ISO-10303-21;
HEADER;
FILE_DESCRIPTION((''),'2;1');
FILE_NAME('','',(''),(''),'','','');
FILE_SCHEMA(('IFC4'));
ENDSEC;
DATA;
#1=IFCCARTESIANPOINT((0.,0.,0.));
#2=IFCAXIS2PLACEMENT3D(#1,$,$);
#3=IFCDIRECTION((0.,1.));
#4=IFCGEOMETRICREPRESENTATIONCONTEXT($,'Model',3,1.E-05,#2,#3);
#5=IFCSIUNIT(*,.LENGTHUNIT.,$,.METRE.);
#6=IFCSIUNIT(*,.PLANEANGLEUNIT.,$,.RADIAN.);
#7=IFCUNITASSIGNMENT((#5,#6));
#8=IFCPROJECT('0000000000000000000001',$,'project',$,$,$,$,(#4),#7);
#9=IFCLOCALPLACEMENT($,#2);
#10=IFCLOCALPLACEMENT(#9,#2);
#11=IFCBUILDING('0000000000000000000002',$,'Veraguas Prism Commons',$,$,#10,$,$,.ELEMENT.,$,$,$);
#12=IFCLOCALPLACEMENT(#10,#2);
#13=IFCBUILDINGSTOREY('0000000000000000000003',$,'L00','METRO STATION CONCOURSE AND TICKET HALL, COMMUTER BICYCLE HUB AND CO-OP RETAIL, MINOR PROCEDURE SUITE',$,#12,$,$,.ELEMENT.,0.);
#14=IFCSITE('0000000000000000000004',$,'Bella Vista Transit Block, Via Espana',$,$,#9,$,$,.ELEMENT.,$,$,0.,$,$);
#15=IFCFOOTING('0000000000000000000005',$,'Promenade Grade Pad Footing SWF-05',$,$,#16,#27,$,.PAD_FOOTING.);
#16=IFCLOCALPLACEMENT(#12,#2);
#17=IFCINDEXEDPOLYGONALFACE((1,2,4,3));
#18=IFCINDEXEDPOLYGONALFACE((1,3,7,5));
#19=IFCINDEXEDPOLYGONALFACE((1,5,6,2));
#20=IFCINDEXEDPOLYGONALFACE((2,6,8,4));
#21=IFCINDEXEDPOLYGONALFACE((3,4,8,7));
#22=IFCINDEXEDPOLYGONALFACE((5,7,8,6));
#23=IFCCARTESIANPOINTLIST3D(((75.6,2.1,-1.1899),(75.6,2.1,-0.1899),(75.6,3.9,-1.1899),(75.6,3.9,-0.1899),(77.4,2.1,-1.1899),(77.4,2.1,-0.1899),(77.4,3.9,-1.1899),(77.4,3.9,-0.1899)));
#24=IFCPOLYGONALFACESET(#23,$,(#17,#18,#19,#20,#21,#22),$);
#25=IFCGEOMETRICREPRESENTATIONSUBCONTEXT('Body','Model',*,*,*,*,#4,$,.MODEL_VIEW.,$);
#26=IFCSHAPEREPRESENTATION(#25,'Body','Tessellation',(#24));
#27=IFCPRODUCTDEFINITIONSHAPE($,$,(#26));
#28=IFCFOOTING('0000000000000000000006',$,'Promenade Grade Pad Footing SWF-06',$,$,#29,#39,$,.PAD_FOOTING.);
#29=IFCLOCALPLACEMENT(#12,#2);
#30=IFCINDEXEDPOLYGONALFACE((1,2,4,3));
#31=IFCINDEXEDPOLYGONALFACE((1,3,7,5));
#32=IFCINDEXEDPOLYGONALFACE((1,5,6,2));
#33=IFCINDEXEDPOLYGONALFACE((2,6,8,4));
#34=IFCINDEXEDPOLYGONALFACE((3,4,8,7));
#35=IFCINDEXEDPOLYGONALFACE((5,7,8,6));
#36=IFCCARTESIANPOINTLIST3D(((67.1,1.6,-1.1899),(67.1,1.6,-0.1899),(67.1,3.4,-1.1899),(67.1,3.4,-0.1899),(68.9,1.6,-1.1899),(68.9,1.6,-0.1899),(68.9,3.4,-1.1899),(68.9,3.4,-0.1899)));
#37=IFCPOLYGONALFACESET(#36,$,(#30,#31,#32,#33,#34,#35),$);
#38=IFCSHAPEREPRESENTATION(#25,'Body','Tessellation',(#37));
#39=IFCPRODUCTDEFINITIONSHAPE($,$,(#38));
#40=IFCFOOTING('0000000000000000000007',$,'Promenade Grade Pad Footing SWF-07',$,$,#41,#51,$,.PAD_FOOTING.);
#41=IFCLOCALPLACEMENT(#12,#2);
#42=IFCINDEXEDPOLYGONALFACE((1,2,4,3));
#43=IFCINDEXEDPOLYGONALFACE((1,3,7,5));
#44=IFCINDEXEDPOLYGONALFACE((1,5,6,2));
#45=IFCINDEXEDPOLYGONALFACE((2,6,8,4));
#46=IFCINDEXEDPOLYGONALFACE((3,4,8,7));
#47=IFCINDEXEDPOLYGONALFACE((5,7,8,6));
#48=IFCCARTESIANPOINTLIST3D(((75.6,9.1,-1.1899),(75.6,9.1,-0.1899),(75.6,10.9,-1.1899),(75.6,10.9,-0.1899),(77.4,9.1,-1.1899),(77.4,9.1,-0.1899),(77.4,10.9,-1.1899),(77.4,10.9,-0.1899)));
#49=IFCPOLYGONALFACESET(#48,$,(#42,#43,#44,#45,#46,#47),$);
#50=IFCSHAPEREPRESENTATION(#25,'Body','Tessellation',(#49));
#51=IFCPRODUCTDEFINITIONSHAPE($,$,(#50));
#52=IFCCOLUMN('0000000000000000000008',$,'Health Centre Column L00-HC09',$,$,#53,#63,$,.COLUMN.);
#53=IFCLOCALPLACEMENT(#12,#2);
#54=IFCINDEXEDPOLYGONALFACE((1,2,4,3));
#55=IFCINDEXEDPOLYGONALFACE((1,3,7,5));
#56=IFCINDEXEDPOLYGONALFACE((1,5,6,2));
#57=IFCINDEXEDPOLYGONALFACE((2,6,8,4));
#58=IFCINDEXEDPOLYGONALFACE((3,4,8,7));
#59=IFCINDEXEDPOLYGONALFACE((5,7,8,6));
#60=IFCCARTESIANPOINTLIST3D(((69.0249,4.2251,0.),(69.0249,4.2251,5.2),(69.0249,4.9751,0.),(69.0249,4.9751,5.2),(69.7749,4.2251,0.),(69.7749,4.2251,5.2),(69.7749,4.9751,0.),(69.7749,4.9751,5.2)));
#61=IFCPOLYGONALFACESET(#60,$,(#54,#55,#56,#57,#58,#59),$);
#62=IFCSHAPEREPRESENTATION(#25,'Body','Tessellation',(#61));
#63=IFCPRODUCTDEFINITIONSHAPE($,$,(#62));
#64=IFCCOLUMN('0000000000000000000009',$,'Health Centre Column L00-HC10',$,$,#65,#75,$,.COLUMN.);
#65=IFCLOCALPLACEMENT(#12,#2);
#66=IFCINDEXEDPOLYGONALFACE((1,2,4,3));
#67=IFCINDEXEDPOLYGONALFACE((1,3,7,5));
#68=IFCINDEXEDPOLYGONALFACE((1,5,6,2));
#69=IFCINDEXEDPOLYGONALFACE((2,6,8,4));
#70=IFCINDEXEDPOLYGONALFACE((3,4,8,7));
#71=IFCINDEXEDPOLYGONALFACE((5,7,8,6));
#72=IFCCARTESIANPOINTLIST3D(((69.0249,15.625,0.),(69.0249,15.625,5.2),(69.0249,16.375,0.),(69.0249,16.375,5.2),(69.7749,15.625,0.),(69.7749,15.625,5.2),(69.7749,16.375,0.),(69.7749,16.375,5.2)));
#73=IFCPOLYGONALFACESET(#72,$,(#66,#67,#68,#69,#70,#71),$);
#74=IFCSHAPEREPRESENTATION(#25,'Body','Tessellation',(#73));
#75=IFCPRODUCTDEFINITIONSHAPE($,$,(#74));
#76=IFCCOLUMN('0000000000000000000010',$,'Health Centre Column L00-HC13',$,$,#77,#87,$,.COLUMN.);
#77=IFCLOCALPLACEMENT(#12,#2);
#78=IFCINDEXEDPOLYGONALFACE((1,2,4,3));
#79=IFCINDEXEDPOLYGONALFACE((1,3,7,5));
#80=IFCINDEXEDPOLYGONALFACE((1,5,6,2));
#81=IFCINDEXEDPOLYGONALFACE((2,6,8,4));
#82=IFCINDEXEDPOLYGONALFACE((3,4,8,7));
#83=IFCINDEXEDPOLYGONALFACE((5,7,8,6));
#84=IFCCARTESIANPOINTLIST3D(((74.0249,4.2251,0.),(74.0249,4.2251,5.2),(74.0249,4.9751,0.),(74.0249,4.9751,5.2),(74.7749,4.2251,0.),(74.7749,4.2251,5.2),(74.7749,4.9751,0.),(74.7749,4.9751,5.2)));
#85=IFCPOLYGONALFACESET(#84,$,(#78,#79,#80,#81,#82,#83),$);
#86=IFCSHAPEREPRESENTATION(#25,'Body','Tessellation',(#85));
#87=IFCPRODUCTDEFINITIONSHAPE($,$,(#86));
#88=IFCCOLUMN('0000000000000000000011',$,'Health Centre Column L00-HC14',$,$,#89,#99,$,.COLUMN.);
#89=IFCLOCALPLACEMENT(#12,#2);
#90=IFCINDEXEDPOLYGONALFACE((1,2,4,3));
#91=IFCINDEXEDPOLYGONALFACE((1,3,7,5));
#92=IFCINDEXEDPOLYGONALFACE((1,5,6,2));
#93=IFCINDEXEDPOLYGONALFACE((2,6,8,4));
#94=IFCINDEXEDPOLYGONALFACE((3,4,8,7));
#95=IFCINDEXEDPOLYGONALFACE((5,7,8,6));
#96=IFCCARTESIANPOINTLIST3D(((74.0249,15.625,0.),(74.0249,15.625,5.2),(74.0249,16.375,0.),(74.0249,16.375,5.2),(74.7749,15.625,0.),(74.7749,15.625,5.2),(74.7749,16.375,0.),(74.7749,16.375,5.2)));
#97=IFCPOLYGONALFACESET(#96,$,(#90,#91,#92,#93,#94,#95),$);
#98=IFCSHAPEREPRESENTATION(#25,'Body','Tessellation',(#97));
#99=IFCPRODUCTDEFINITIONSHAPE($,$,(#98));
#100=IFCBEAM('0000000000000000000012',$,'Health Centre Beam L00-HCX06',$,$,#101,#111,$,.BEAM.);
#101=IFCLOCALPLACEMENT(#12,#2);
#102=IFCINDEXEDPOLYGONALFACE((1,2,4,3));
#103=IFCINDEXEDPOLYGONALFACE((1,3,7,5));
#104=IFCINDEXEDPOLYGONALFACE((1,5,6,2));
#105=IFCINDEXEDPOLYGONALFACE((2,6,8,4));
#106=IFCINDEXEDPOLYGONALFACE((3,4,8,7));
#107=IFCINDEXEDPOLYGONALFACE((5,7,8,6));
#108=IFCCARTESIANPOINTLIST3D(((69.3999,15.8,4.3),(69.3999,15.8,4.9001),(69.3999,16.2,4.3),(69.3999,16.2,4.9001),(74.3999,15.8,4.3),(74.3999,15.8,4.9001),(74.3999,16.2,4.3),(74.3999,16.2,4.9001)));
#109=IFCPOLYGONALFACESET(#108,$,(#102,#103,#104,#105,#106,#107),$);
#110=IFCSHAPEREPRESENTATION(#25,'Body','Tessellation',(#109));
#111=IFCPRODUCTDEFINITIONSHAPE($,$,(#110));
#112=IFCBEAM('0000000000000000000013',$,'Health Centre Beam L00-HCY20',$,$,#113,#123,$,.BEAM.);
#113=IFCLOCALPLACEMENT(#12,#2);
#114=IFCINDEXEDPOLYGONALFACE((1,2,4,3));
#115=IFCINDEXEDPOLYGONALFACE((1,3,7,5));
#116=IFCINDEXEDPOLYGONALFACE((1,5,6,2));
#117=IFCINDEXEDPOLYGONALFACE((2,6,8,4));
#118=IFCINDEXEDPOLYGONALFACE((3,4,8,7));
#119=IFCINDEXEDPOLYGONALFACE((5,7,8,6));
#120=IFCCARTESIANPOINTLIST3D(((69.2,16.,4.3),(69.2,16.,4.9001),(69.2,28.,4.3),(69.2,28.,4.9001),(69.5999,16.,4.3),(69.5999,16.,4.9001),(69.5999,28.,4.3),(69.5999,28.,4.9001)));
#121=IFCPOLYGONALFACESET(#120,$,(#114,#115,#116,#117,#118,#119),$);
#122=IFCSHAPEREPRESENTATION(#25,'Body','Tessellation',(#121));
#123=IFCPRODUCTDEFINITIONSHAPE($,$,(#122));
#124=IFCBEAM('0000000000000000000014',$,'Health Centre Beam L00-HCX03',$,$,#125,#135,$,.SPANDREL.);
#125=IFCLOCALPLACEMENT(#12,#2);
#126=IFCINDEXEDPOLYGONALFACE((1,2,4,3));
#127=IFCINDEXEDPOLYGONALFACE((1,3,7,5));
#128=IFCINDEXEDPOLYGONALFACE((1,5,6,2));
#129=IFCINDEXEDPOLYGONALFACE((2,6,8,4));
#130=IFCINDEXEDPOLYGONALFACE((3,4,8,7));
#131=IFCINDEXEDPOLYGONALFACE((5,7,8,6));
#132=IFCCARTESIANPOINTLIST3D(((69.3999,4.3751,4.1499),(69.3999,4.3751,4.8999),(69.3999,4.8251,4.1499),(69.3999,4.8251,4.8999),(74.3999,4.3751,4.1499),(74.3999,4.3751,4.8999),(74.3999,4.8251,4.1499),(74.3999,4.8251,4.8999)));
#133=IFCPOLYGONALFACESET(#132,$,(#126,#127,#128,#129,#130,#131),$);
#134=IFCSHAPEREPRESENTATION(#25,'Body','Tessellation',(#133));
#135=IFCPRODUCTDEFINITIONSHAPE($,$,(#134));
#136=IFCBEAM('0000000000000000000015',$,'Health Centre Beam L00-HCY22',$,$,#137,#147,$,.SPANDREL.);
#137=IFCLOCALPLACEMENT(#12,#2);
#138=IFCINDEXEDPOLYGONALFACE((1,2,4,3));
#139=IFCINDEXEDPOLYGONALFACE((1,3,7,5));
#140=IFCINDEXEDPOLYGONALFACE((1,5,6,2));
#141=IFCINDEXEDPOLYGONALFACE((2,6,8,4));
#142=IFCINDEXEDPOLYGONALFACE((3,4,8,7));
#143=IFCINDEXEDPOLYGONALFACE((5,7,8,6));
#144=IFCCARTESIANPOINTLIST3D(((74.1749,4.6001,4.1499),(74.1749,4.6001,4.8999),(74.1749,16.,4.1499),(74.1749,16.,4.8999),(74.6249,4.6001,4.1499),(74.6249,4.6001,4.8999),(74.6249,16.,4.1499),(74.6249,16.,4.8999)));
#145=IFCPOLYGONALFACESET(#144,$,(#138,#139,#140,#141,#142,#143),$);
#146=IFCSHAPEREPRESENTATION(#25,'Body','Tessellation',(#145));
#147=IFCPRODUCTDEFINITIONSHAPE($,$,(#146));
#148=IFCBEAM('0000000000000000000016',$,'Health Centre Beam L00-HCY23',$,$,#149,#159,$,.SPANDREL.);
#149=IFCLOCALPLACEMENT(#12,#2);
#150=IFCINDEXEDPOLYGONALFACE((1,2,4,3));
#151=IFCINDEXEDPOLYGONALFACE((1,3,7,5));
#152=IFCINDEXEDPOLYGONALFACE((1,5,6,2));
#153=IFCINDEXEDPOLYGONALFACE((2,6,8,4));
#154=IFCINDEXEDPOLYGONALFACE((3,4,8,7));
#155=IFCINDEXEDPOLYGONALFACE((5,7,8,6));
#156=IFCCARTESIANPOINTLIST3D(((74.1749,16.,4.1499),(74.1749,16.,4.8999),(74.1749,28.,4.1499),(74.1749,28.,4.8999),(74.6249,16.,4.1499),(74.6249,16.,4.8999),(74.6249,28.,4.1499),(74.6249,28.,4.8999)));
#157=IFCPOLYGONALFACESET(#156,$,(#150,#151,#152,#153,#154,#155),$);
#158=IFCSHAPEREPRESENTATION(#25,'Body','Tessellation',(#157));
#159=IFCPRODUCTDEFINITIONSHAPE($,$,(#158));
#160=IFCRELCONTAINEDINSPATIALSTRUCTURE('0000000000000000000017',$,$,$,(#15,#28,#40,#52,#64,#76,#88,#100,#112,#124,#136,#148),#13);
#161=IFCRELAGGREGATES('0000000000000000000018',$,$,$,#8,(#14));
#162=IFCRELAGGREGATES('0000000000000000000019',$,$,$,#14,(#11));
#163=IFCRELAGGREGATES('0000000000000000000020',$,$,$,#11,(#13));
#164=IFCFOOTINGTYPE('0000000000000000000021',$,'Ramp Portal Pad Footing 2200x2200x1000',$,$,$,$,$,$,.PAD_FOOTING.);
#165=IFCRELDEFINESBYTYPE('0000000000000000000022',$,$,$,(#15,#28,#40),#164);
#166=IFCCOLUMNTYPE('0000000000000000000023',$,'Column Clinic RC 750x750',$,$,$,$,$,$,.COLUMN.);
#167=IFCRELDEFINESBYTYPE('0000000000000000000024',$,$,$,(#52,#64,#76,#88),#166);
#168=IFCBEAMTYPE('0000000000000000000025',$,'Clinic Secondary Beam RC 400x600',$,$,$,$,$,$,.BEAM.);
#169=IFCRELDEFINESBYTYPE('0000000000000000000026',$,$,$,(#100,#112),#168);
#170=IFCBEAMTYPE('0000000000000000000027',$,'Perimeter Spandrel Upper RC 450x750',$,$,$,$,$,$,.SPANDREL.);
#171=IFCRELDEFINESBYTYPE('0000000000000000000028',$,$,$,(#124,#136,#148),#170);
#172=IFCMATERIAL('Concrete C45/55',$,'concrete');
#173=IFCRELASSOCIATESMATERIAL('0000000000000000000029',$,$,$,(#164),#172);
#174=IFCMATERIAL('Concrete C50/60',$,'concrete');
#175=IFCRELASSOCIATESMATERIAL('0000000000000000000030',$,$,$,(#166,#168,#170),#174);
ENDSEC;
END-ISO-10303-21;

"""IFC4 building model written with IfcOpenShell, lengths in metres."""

from ifc_helpers import new_model, si_unit, direction, frame, origin, origin_2d, place, context, subcontext, project, spatial, rectangle, extrude, source, transform, mapped, material, material_profile, profile_set, type_object, element, save


model = new_model("IFC4")

# Units and contexts
model_context = context("Model", 3, precision=1e-05, world=origin(), true_north=direction((0.0, 1.0)))
body_context = subcontext(model_context, "Body", "Model", "MODEL_VIEW")
ifc_project = project(units=[si_unit("LENGTHUNIT", "METRE"), si_unit("PLANEANGLEUNIT", "RADIAN")], contexts=[model_context])

# Site, building, storey
site_placement = place(None, origin())
site = spatial("IfcSite", under=ifc_project, at=site_placement, Name="Bella Vista Transit Block, Via Espana", CompositionType="ELEMENT", RefElevation=0.0)
building_placement = place(site_placement, origin())
building = spatial("IfcBuilding", under=site, at=building_placement, Name="Veraguas Prism Commons", CompositionType="ELEMENT")
storey_placement = place(building_placement, origin())
storey = spatial("IfcBuildingStorey", under=building, at=storey_placement, Name="L00", Description="METRO STATION CONCOURSE AND TICKET HALL, COMMUTER BICYCLE HUB AND CO-OP RETAIL, MINOR PROCEDURE SUITE", CompositionType="ELEMENT", Elevation=0.0)

# Footings
ifc_material_1 = material(Name="Concrete C45/55", Category="concrete")
footing_type = type_object("IfcFootingType", Name="Ramp Portal Pad Footing 2200x2200x1000", PredefinedType="PAD_FOOTING", material=ifc_material_1)
shared_shape_1 = source(origin(), body_context, "Body", "SweptSolid", [
    extrude(rectangle(XDim=1.8, YDim=1.8, at=origin_2d()), origin(), (0.0, 0.0, 1.0), 1.0),
])
for number, where, z_axis, x_axis, name in (
    (1, (76.5, 3.0, -1.1899), (0.0, 0.0, 1.0), (1.0, 0.0, 0.0), "Promenade Grade Pad Footing SWF-05"),
    (2, (68.0, 2.5, -1.1899), (0.0, 0.0, 1.0), (1.0, 0.0, 0.0), "Promenade Grade Pad Footing SWF-06"),
    (3, (76.5, 10.0, -1.1899), (0.0, 0.0, 1.0), (1.0, 0.0, 0.0), "Promenade Grade Pad Footing SWF-07"),
):
    element("IfcFooting", number, at=place(storey_placement, frame(where, z_axis=z_axis, x_axis=x_axis)), inside=storey, type_object=footing_type, Name=name, PredefinedType="PAD_FOOTING", context=body_context, shape_type="MappedRepresentation", body=[
        mapped(shared_shape_1, transform((0.0, 0.0, 0.0), scale=1.0)),
    ])

# Columns
ifc_material_2 = material(Name="Concrete C50/60", Category="concrete")
ifc_material_profile_1 = material_profile(ifc_material_2, rectangle(XDim=0.75, YDim=0.75, at=origin_2d()), Name="RC750X750")
ifc_profile_set_1 = profile_set([ifc_material_profile_1], Name="Concrete C50/60")
column_type = type_object("IfcColumnType", Name="Column Clinic RC 750x750", PredefinedType="COLUMN", material=ifc_profile_set_1)
for number, where, z_axis, x_axis, name in (
    (4, (69.3999, 4.6001, 0.0), (0.0, 0.0, 1.0), (1.0, 0.0, 0.0), "Health Centre Column L00-HC09"),
    (5, (69.3999, 16.0, 0.0), (0.0, 0.0, 1.0), (1.0, 0.0, 0.0), "Health Centre Column L00-HC10"),
    (6, (74.3999, 4.6001, 0.0), (0.0, 0.0, 1.0), (1.0, 0.0, 0.0), "Health Centre Column L00-HC13"),
    (7, (74.3999, 16.0, 0.0), (0.0, 0.0, 1.0), (1.0, 0.0, 0.0), "Health Centre Column L00-HC14"),
):
    element("IfcColumn", number, at=place(storey_placement, frame(where, z_axis=z_axis, x_axis=x_axis)), inside=storey, type_object=column_type, Name=name, PredefinedType="COLUMN", context=body_context, shape_type="SweptSolid", body=[
        extrude(rectangle(XDim=0.75, YDim=0.75, at=origin_2d()), origin(), (0.0, 0.0, 1.0), 5.2),
    ])

# Beams
ifc_material_profile_2 = material_profile(ifc_material_2, rectangle(XDim=0.3999, YDim=0.6001, at=origin_2d()), Name="RC400X600")
ifc_profile_set_2 = profile_set([ifc_material_profile_2], Name="Concrete C50/60")
beam_type_1 = type_object("IfcBeamType", Name="Clinic Secondary Beam RC 400x600", PredefinedType="BEAM", material=ifc_profile_set_2)
beam_1_placement = place(storey_placement, frame((69.3999, 16.0, 4.6001), z_axis=(1.0, 0.0, 0.0), x_axis=(0.0, 1.0, 0.0)))
element("IfcBeam", 8, at=beam_1_placement, inside=storey, type_object=beam_type_1, Name="Health Centre Beam L00-HCX06", PredefinedType="BEAM", context=body_context, shape_type="SweptSolid", body=[
    extrude(rectangle(XDim=0.3999, YDim=0.6001, at=origin_2d()), origin(), (0.0, 0.0, 1.0), 5.0),
])
beam_2_placement = place(storey_placement, frame((69.3999, 16.0, 4.6001), z_axis=(0.0, 1.0, 0.0), x_axis=(-1.0, 0.0, 0.0)))
element("IfcBeam", 9, at=beam_2_placement, inside=storey, type_object=beam_type_1, Name="Health Centre Beam L00-HCY20", PredefinedType="BEAM", context=body_context, shape_type="SweptSolid", body=[
    extrude(rectangle(XDim=0.3999, YDim=0.6001, at=origin_2d()), origin(), (0.0, 0.0, 1.0), 12.0),
])
ifc_material_profile_3 = material_profile(ifc_material_2, rectangle(XDim=0.45, YDim=0.75, at=origin_2d()), Name="RC450X750")
ifc_profile_set_3 = profile_set([ifc_material_profile_3], Name="Concrete C50/60")
beam_type_2 = type_object("IfcBeamType", Name="Perimeter Spandrel Upper RC 450x750", PredefinedType="SPANDREL", material=ifc_profile_set_3)
beam_3_placement = place(storey_placement, frame((69.3999, 4.6001, 4.5249), z_axis=(1.0, 0.0, 0.0), x_axis=(0.0, 1.0, 0.0)))
element("IfcBeam", 10, at=beam_3_placement, inside=storey, type_object=beam_type_2, Name="Health Centre Beam L00-HCX03", PredefinedType="SPANDREL", context=body_context, shape_type="SweptSolid", body=[
    extrude(rectangle(XDim=0.45, YDim=0.75, at=origin_2d()), origin(), (0.0, 0.0, 1.0), 5.0),
])
beam_4_placement = place(storey_placement, frame((74.3999, 4.6001, 4.5249), z_axis=(0.0, 1.0, 0.0), x_axis=(-1.0, 0.0, 0.0)))
element("IfcBeam", 11, at=beam_4_placement, inside=storey, type_object=beam_type_2, Name="Health Centre Beam L00-HCY22", PredefinedType="SPANDREL", context=body_context, shape_type="SweptSolid", body=[
    extrude(rectangle(XDim=0.45, YDim=0.75, at=origin_2d()), origin(), (0.0, 0.0, 1.0), 11.3999),
])
beam_5_placement = place(storey_placement, frame((74.3999, 16.0, 4.5249), z_axis=(0.0, 1.0, 0.0), x_axis=(-1.0, 0.0, 0.0)))
element("IfcBeam", 12, at=beam_5_placement, inside=storey, type_object=beam_type_2, Name="Health Centre Beam L00-HCY23", PredefinedType="SPANDREL", context=body_context, shape_type="SweptSolid", body=[
    extrude(rectangle(XDim=0.45, YDim=0.75, at=origin_2d()), origin(), (0.0, 0.0, 1.0), 12.0),
])

save(model, "model.ifc")
